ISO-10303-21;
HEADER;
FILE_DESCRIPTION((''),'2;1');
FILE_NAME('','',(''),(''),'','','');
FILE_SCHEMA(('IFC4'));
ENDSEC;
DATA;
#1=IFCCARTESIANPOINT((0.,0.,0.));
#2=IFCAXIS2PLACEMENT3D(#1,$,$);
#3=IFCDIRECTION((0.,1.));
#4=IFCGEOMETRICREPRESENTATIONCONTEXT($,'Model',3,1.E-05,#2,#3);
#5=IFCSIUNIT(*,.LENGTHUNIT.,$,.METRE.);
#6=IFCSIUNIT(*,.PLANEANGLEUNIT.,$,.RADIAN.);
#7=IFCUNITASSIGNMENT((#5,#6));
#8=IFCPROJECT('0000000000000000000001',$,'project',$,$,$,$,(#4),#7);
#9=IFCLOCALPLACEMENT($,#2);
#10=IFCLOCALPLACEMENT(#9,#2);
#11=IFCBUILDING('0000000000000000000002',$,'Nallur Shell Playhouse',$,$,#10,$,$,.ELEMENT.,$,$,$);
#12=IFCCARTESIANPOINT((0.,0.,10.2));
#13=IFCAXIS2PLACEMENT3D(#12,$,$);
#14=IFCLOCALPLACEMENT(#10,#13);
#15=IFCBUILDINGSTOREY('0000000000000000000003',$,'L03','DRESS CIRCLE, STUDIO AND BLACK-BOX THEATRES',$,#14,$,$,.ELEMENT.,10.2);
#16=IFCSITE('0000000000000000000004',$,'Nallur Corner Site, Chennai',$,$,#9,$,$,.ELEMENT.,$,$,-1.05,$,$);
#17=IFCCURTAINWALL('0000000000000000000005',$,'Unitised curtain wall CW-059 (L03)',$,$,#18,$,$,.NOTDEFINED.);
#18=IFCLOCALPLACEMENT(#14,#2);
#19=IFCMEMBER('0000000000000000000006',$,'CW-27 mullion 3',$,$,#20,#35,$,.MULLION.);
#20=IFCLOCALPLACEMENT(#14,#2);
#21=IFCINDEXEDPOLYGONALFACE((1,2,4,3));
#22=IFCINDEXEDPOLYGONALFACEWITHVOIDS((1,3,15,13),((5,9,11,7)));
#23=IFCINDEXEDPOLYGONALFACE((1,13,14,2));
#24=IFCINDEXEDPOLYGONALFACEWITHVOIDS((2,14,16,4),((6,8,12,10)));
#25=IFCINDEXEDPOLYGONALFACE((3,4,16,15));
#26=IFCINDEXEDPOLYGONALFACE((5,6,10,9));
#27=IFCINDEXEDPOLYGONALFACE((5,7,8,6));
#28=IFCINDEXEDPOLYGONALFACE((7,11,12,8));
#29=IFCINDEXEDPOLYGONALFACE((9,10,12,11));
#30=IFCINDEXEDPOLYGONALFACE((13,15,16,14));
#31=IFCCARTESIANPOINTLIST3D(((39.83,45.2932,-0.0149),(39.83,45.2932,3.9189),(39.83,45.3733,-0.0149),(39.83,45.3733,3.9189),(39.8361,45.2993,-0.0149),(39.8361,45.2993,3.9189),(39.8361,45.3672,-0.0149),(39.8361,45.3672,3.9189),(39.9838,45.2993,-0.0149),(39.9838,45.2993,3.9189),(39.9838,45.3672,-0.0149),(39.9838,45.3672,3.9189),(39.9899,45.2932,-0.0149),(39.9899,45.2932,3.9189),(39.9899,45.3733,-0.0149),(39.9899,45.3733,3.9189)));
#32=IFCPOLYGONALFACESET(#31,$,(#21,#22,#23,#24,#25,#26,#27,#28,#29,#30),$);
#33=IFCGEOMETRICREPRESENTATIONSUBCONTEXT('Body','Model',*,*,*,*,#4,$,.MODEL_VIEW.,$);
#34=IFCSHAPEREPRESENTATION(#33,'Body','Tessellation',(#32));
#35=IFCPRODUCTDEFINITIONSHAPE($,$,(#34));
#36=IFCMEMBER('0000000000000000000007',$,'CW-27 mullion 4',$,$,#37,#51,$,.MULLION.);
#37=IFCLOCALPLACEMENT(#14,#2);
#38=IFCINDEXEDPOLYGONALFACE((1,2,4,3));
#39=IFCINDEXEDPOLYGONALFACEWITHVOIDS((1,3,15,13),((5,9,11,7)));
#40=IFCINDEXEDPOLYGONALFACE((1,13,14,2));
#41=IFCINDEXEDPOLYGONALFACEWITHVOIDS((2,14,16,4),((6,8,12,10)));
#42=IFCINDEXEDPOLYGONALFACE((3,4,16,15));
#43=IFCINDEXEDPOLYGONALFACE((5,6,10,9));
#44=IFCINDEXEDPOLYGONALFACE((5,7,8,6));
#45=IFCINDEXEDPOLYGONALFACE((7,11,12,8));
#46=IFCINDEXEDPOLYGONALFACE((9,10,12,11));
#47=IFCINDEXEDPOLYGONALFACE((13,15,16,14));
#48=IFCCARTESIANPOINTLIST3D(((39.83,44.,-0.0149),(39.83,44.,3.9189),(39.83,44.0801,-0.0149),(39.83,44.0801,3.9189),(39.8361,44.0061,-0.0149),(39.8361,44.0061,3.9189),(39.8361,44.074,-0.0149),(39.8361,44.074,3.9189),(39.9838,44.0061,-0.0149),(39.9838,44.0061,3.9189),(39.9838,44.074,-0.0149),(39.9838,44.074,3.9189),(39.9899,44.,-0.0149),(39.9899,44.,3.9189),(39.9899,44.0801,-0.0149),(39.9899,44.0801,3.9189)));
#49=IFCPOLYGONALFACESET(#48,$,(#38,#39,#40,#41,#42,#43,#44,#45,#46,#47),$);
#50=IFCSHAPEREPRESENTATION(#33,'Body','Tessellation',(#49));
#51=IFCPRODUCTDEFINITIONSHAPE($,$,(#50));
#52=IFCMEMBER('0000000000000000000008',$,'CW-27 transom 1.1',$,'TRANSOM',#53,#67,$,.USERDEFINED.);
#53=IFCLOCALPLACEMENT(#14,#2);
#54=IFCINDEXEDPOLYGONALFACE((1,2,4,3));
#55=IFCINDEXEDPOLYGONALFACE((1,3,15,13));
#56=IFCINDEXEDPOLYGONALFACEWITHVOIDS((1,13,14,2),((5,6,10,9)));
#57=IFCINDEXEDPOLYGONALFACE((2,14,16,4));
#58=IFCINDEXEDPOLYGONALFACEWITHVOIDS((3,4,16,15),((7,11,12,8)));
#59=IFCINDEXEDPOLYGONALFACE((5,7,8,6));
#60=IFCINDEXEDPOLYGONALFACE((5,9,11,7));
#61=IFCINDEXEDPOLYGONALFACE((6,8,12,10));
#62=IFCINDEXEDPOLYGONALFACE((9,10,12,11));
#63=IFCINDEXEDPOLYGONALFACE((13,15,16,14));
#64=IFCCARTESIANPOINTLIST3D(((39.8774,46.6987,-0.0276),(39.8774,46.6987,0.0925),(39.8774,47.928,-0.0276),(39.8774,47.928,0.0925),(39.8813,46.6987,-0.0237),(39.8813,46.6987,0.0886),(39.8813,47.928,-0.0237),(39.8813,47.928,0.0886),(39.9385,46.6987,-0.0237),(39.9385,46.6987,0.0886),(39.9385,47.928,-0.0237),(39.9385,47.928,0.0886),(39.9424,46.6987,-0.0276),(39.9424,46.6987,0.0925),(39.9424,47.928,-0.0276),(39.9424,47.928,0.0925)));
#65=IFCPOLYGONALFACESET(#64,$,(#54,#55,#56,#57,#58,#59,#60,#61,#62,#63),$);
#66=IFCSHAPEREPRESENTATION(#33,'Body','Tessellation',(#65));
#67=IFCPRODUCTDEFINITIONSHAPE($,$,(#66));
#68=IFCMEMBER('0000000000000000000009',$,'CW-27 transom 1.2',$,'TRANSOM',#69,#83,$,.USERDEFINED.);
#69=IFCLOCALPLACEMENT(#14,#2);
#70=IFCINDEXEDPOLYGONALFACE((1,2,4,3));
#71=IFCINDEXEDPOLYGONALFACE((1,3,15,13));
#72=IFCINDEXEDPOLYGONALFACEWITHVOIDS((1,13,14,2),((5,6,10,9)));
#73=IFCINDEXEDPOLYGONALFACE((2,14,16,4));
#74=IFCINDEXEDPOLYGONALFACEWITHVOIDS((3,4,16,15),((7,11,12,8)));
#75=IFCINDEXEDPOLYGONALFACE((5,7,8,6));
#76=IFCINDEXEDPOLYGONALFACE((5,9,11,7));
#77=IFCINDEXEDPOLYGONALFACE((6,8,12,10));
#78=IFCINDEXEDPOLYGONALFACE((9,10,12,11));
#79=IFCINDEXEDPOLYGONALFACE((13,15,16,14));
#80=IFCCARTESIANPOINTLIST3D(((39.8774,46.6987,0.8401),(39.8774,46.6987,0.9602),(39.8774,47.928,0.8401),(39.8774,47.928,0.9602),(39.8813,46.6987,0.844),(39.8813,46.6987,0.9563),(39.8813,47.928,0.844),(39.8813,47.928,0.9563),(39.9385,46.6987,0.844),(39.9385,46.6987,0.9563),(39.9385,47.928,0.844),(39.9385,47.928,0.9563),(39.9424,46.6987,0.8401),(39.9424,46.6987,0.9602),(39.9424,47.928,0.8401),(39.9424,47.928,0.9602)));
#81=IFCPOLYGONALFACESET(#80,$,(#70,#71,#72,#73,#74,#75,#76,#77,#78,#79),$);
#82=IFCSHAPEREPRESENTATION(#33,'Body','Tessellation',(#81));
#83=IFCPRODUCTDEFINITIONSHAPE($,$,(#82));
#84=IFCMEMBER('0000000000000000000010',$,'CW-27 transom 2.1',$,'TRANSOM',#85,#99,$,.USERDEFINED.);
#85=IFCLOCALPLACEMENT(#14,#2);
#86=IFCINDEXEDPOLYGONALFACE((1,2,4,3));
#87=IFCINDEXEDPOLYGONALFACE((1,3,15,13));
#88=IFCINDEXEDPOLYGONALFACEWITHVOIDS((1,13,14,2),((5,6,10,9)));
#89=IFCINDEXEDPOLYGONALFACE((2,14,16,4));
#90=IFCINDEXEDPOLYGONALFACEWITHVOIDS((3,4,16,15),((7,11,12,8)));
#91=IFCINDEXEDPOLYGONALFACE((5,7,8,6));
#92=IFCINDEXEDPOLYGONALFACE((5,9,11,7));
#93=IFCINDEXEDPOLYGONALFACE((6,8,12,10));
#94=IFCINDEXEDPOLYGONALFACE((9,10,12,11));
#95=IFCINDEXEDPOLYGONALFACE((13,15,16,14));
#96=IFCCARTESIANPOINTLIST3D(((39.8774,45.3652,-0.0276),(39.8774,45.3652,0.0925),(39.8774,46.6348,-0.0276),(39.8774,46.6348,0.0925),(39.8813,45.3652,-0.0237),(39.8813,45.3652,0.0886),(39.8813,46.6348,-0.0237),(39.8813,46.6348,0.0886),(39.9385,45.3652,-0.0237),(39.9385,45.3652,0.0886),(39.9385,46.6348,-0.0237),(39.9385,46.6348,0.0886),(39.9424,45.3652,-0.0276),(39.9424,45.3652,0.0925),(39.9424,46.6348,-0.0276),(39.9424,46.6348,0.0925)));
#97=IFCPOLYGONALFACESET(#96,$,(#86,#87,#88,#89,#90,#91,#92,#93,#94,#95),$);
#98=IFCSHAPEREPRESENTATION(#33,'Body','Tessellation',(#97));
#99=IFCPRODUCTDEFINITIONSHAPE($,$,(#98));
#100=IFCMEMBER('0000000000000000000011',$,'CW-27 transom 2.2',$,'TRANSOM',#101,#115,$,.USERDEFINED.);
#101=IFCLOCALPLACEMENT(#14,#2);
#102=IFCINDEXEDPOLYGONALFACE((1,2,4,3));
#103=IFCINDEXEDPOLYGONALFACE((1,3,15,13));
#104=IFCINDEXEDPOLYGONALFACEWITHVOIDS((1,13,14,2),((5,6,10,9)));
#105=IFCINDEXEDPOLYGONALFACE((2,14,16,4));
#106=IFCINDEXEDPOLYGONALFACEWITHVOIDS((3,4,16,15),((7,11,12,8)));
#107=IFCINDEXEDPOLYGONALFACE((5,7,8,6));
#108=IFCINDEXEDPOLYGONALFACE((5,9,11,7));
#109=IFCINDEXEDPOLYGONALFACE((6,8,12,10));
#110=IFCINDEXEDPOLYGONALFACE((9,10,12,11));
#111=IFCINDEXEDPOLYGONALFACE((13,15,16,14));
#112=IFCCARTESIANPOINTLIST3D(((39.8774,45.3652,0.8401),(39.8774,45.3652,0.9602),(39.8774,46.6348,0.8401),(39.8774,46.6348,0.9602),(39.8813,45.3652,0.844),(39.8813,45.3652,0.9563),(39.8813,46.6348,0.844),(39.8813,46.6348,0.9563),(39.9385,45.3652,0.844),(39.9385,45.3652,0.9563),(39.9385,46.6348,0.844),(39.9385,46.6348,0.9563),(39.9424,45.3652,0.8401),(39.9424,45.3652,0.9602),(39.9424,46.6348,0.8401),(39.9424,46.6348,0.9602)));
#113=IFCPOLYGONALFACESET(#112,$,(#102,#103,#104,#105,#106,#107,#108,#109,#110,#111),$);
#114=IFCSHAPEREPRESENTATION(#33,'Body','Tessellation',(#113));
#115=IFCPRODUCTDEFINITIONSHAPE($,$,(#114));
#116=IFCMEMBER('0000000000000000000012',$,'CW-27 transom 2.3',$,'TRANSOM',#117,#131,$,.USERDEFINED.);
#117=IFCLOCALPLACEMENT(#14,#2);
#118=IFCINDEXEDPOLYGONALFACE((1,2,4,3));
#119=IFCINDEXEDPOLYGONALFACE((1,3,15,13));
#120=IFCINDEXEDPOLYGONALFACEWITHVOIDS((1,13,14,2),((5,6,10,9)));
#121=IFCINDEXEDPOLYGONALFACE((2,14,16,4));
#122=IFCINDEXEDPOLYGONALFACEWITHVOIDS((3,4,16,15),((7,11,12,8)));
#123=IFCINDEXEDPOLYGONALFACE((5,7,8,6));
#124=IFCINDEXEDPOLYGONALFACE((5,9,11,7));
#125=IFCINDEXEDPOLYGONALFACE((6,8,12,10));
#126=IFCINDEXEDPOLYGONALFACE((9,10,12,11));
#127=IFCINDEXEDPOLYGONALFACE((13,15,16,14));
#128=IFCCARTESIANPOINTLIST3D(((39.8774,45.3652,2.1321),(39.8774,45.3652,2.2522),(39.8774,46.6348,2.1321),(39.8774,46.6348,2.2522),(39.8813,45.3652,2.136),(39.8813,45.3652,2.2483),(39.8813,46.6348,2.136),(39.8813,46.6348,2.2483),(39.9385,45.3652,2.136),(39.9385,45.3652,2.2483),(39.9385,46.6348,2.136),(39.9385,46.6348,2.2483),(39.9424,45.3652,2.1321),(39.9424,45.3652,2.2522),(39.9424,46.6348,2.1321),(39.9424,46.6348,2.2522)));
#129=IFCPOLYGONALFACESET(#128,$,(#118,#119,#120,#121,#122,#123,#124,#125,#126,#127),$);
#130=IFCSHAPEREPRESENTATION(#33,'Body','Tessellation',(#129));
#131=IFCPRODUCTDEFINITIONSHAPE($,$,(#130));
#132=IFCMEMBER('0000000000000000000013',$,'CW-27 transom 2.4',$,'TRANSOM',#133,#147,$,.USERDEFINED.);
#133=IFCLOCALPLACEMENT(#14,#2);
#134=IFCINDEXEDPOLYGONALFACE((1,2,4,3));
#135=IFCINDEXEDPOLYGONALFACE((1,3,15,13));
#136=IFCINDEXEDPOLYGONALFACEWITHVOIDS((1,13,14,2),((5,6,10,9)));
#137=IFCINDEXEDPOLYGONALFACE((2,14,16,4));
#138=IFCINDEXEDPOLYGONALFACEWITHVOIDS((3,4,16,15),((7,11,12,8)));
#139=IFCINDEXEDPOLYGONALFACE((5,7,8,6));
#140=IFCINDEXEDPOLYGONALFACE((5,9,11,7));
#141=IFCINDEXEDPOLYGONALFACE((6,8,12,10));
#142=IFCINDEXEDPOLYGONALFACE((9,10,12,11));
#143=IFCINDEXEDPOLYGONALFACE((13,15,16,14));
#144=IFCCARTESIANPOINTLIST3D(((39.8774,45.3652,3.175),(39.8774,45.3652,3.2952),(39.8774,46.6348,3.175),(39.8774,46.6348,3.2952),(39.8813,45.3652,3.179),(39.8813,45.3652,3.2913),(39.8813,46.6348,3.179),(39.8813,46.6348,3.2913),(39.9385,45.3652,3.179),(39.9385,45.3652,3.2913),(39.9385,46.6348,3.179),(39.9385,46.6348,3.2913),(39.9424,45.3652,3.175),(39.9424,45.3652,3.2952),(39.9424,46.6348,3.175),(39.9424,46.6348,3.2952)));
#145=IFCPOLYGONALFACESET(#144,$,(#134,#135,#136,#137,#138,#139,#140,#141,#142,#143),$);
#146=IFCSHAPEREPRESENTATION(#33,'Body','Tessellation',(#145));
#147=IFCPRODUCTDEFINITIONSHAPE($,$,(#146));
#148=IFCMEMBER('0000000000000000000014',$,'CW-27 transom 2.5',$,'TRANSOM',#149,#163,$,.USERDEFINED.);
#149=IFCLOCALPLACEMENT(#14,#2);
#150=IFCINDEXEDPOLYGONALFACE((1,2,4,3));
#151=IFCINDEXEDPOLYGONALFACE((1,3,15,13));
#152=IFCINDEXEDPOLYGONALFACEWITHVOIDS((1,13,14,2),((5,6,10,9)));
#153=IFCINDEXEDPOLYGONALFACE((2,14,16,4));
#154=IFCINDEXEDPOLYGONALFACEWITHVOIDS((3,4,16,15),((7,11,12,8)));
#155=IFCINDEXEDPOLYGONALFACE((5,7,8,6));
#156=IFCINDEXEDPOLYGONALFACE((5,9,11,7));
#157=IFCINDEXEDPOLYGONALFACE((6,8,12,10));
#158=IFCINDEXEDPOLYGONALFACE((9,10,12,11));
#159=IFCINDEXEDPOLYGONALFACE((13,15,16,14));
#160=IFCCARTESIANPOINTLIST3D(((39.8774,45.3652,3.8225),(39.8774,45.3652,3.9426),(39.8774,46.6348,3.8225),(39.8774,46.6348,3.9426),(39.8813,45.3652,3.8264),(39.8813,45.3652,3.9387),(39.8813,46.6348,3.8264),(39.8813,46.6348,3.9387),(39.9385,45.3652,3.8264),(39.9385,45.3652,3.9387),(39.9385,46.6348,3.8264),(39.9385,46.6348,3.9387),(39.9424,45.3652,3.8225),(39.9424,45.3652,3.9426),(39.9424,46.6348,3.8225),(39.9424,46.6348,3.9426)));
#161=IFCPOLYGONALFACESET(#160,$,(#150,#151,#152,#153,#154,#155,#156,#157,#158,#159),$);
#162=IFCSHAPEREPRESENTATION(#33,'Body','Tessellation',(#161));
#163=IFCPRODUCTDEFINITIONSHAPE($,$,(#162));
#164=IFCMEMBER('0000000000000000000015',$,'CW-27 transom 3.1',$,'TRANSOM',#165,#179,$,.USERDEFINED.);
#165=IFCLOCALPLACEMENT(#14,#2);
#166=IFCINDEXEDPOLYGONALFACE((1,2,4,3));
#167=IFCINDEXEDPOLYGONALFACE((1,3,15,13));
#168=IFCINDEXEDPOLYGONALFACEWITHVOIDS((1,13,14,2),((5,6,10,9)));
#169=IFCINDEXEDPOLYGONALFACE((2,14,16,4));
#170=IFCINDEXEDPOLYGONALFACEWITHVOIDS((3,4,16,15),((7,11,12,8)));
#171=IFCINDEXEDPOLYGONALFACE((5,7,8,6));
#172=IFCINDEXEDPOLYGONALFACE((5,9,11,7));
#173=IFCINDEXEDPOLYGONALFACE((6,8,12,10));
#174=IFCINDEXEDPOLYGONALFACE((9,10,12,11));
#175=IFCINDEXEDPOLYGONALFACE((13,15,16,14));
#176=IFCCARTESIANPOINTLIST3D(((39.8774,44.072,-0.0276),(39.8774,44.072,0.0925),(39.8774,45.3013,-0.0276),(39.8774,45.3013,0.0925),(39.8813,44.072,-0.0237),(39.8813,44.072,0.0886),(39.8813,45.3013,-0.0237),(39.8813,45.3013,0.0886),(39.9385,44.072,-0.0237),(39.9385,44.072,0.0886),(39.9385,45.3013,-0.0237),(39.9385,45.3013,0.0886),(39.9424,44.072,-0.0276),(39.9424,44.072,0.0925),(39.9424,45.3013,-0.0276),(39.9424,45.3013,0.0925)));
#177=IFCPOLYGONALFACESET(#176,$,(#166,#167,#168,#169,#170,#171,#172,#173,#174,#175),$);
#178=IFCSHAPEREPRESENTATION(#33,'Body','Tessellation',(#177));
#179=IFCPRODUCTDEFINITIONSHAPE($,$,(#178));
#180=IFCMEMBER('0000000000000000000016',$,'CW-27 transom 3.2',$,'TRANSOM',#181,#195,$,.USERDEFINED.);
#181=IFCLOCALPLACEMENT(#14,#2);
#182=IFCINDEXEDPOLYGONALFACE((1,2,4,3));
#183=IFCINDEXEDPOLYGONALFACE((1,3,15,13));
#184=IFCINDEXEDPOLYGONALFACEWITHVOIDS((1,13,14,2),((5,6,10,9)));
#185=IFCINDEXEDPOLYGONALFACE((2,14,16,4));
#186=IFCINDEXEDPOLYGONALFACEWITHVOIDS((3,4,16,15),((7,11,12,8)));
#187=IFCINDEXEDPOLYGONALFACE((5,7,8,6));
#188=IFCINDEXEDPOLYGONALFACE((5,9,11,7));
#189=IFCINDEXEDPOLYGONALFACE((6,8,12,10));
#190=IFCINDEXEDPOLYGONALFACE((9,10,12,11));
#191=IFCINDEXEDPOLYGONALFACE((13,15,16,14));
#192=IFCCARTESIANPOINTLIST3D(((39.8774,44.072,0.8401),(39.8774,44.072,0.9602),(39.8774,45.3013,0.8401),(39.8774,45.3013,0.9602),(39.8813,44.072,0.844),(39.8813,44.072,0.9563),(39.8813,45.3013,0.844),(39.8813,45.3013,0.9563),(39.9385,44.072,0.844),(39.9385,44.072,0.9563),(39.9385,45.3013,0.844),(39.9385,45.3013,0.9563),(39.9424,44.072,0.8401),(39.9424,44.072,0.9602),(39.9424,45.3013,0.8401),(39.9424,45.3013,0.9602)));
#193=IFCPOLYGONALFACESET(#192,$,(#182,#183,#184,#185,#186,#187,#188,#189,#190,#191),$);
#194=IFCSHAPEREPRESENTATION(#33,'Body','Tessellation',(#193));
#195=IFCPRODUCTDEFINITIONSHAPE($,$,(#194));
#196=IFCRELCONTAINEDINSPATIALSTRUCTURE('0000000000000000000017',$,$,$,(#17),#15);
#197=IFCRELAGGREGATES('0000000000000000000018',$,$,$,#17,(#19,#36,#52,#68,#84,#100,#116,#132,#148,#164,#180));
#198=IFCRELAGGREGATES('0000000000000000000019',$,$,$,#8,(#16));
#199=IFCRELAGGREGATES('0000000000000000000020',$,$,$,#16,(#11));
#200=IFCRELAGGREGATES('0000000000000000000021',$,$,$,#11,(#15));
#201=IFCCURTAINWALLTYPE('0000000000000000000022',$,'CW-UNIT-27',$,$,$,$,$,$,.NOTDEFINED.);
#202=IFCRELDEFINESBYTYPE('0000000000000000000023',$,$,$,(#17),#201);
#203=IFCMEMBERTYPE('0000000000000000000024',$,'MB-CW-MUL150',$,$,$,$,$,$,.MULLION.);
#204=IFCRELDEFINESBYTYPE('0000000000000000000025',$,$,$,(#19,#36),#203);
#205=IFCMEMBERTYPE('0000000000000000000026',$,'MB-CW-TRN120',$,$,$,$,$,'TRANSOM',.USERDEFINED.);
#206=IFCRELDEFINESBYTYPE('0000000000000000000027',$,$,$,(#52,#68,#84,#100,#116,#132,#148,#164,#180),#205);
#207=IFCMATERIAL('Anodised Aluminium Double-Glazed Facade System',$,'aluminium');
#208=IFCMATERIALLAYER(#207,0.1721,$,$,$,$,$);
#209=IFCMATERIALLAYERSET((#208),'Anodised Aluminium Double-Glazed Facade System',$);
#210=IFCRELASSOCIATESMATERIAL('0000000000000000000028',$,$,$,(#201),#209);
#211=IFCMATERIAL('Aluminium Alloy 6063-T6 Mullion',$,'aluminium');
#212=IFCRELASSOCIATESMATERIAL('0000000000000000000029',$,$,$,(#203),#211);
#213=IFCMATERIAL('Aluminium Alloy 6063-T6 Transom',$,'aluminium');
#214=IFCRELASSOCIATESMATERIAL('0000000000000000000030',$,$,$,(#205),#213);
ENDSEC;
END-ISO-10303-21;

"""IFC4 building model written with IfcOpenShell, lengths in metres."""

from ifc_helpers import new_model, si_unit, direction, frame, origin, origin_2d, place, context, subcontext, project, spatial, hollow_rectangle, extrude, material, layer, layer_set, material_profile, profile_set, type_object, element, aggregate, save


model = new_model("IFC4")

# Units and contexts
model_context = context("Model", 3, precision=1e-05, world=origin(), true_north=direction((0.0, 1.0)))
body_context = subcontext(model_context, "Body", "Model", "MODEL_VIEW")
ifc_project = project(units=[si_unit("LENGTHUNIT", "METRE"), si_unit("PLANEANGLEUNIT", "RADIAN")], contexts=[model_context])

# Site, building, storey
site_placement = place(None, origin())
site = spatial("IfcSite", under=ifc_project, at=site_placement, Name="Nallur Corner Site, Chennai", CompositionType="ELEMENT", RefElevation=-1.05)
building_placement = place(site_placement, origin())
building = spatial("IfcBuilding", under=site, at=building_placement, Name="Nallur Shell Playhouse", CompositionType="ELEMENT")
storey_placement = place(building_placement, frame((0.0, 0.0, 10.2)))
storey = spatial("IfcBuildingStorey", under=building, at=storey_placement, Name="L03", Description="DRESS CIRCLE, STUDIO AND BLACK-BOX THEATRES", CompositionType="ELEMENT", Elevation=10.2)

# Curtain wall, members
ifc_material_1 = material(Name="Anodised Aluminium Double-Glazed Facade System", Category="aluminium")
ifc_layer_1 = layer(ifc_material_1, 0.1721)
ifc_layer_set_1 = layer_set([ifc_layer_1], Name="Anodised Aluminium Double-Glazed Facade System")
curtain_wall_type = type_object("IfcCurtainWallType", Name="CW-UNIT-27", PredefinedType="NOTDEFINED", material=ifc_layer_set_1)
curtain_wall_placement = place(storey_placement, origin())
curtain_wall = element("IfcCurtainWall", 1, at=curtain_wall_placement, inside=storey, type_object=curtain_wall_type, Name="Unitised curtain wall CW-059 (L03)", PredefinedType="NOTDEFINED")
ifc_material_2 = material(Name="Aluminium Alloy 6063-T6 Mullion", Category="aluminium")
ifc_material_profile_1 = material_profile(ifc_material_2, hollow_rectangle(XDim=0.0801, YDim=0.1599, WallThickness=0.0061, at=origin_2d()), Name="RHS 160x80x6")
ifc_profile_set_1 = profile_set([ifc_material_profile_1], Name="Aluminium Alloy 6063-T6 Mullion")
member_type_1 = type_object("IfcMemberType", Name="MB-CW-MUL150", PredefinedType="MULLION", material=ifc_profile_set_1)
member_1_placement = place(storey_placement, frame((39.9099, 45.3333, -0.0149), z_axis=(0.0, 0.0, 1.0), x_axis=(0.0, -1.0, 0.0)))
member_1 = element("IfcMember", 2, at=member_1_placement, type_object=member_type_1, Name="CW-27 mullion 3", PredefinedType="MULLION", context=body_context, shape_type="SweptSolid", body=[
    extrude(hollow_rectangle(XDim=0.0801, YDim=0.1599, WallThickness=0.0061, at=origin_2d()), origin(), (0.0, 0.0, 1.0), 3.9338),
])
member_2_placement = place(storey_placement, frame((39.9099, 44.04, -0.0149), z_axis=(0.0, 0.0, 1.0), x_axis=(0.0, -1.0, 0.0)))
member_2 = element("IfcMember", 3, at=member_2_placement, type_object=member_type_1, Name="CW-27 mullion 4", PredefinedType="MULLION", context=body_context, shape_type="SweptSolid", body=[
    extrude(hollow_rectangle(XDim=0.0801, YDim=0.1599, WallThickness=0.0061, at=origin_2d()), origin(), (0.0, 0.0, 1.0), 3.9338),
])
ifc_material_3 = material(Name="Aluminium Alloy 6063-T6 Transom", Category="aluminium")
ifc_material_profile_2 = material_profile(ifc_material_3, hollow_rectangle(XDim=0.0649, YDim=0.1201, WallThickness=0.0039, at=origin_2d()), Name="ALU 65x120x4")
ifc_profile_set_2 = profile_set([ifc_material_profile_2], Name="Aluminium Alloy 6063-T6 Transom")
member_type_2 = type_object("IfcMemberType", Name="MB-CW-TRN120", ElementType="TRANSOM", PredefinedType="USERDEFINED", material=ifc_profile_set_2)
member_3_placement = place(storey_placement, frame((39.9099, 47.928, 0.0325), z_axis=(0.0, -1.0, 0.0), x_axis=(1.0, 0.0, 0.0)))
member_3 = element("IfcMember", 4, at=member_3_placement, type_object=member_type_2, Name="CW-27 transom 1.1", ObjectType="TRANSOM", PredefinedType="USERDEFINED", context=body_context, shape_type="SweptSolid", body=[
    extrude(hollow_rectangle(XDim=0.0649, YDim=0.1201, WallThickness=0.0039, at=origin_2d()), origin(), (0.0, 0.0, 1.0), 1.2292),
])
member_4_placement = place(storey_placement, frame((39.9099, 47.928, 0.9001), z_axis=(0.0, -1.0, 0.0), x_axis=(1.0, 0.0, 0.0)))
member_4 = element("IfcMember", 5, at=member_4_placement, type_object=member_type_2, Name="CW-27 transom 1.2", ObjectType="TRANSOM", PredefinedType="USERDEFINED", context=body_context, shape_type="SweptSolid", body=[
    extrude(hollow_rectangle(XDim=0.0649, YDim=0.1201, WallThickness=0.0039, at=origin_2d()), origin(), (0.0, 0.0, 1.0), 1.2292),
])
member_5_placement = place(storey_placement, frame((39.9099, 46.6348, 0.0325), z_axis=(0.0, -1.0, 0.0), x_axis=(1.0, 0.0, 0.0)))
member_5 = element("IfcMember", 6, at=member_5_placement, type_object=member_type_2, Name="CW-27 transom 2.1", ObjectType="TRANSOM", PredefinedType="USERDEFINED", context=body_context, shape_type="SweptSolid", body=[
    extrude(hollow_rectangle(XDim=0.0649, YDim=0.1201, WallThickness=0.0039, at=origin_2d()), origin(), (0.0, 0.0, 1.0), 1.2695),
])
member_6_placement = place(storey_placement, frame((39.9099, 46.6348, 0.9001), z_axis=(0.0, -1.0, 0.0), x_axis=(1.0, 0.0, 0.0)))
member_6 = element("IfcMember", 7, at=member_6_placement, type_object=member_type_2, Name="CW-27 transom 2.2", ObjectType="TRANSOM", PredefinedType="USERDEFINED", context=body_context, shape_type="SweptSolid", body=[
    extrude(hollow_rectangle(XDim=0.0649, YDim=0.1201, WallThickness=0.0039, at=origin_2d()), origin(), (0.0, 0.0, 1.0), 1.2695),
])
member_7_placement = place(storey_placement, frame((39.9099, 46.6348, 2.1921), z_axis=(0.0, -1.0, 0.0), x_axis=(1.0, 0.0, 0.0)))
member_7 = element("IfcMember", 8, at=member_7_placement, type_object=member_type_2, Name="CW-27 transom 2.3", ObjectType="TRANSOM", PredefinedType="USERDEFINED", context=body_context, shape_type="SweptSolid", body=[
    extrude(hollow_rectangle(XDim=0.0649, YDim=0.1201, WallThickness=0.0039, at=origin_2d()), origin(), (0.0, 0.0, 1.0), 1.2695),
])
member_8_placement = place(storey_placement, frame((39.9099, 46.6348, 3.2351), z_axis=(0.0, -1.0, 0.0), x_axis=(1.0, 0.0, 0.0)))
member_8 = element("IfcMember", 9, at=member_8_placement, type_object=member_type_2, Name="CW-27 transom 2.4", ObjectType="TRANSOM", PredefinedType="USERDEFINED", context=body_context, shape_type="SweptSolid", body=[
    extrude(hollow_rectangle(XDim=0.0649, YDim=0.1201, WallThickness=0.0039, at=origin_2d()), origin(), (0.0, 0.0, 1.0), 1.2695),
])
member_9_placement = place(storey_placement, frame((39.9099, 46.6348, 3.8826), z_axis=(0.0, -1.0, 0.0), x_axis=(1.0, 0.0, 0.0)))
member_9 = element("IfcMember", 10, at=member_9_placement, type_object=member_type_2, Name="CW-27 transom 2.5", ObjectType="TRANSOM", PredefinedType="USERDEFINED", context=body_context, shape_type="SweptSolid", body=[
    extrude(hollow_rectangle(XDim=0.0649, YDim=0.1201, WallThickness=0.0039, at=origin_2d()), origin(), (0.0, 0.0, 1.0), 1.2695),
])
member_10_placement = place(storey_placement, frame((39.9099, 45.3013, 0.0325), z_axis=(0.0, -1.0, 0.0), x_axis=(1.0, 0.0, 0.0)))
member_10 = element("IfcMember", 11, at=member_10_placement, type_object=member_type_2, Name="CW-27 transom 3.1", ObjectType="TRANSOM", PredefinedType="USERDEFINED", context=body_context, shape_type="SweptSolid", body=[
    extrude(hollow_rectangle(XDim=0.0649, YDim=0.1201, WallThickness=0.0039, at=origin_2d()), origin(), (0.0, 0.0, 1.0), 1.2292),
])
member_11_placement = place(storey_placement, frame((39.9099, 45.3013, 0.9001), z_axis=(0.0, -1.0, 0.0), x_axis=(1.0, 0.0, 0.0)))
member_11 = element("IfcMember", 12, at=member_11_placement, type_object=member_type_2, Name="CW-27 transom 3.2", ObjectType="TRANSOM", PredefinedType="USERDEFINED", context=body_context, shape_type="SweptSolid", body=[
    extrude(hollow_rectangle(XDim=0.0649, YDim=0.1201, WallThickness=0.0039, at=origin_2d()), origin(), (0.0, 0.0, 1.0), 1.2292),
])
aggregate(curtain_wall, [member_1, member_2, member_3, member_4, member_5, member_6, member_7, member_8, member_9, member_10, member_11])

save(model, "model.ifc")
